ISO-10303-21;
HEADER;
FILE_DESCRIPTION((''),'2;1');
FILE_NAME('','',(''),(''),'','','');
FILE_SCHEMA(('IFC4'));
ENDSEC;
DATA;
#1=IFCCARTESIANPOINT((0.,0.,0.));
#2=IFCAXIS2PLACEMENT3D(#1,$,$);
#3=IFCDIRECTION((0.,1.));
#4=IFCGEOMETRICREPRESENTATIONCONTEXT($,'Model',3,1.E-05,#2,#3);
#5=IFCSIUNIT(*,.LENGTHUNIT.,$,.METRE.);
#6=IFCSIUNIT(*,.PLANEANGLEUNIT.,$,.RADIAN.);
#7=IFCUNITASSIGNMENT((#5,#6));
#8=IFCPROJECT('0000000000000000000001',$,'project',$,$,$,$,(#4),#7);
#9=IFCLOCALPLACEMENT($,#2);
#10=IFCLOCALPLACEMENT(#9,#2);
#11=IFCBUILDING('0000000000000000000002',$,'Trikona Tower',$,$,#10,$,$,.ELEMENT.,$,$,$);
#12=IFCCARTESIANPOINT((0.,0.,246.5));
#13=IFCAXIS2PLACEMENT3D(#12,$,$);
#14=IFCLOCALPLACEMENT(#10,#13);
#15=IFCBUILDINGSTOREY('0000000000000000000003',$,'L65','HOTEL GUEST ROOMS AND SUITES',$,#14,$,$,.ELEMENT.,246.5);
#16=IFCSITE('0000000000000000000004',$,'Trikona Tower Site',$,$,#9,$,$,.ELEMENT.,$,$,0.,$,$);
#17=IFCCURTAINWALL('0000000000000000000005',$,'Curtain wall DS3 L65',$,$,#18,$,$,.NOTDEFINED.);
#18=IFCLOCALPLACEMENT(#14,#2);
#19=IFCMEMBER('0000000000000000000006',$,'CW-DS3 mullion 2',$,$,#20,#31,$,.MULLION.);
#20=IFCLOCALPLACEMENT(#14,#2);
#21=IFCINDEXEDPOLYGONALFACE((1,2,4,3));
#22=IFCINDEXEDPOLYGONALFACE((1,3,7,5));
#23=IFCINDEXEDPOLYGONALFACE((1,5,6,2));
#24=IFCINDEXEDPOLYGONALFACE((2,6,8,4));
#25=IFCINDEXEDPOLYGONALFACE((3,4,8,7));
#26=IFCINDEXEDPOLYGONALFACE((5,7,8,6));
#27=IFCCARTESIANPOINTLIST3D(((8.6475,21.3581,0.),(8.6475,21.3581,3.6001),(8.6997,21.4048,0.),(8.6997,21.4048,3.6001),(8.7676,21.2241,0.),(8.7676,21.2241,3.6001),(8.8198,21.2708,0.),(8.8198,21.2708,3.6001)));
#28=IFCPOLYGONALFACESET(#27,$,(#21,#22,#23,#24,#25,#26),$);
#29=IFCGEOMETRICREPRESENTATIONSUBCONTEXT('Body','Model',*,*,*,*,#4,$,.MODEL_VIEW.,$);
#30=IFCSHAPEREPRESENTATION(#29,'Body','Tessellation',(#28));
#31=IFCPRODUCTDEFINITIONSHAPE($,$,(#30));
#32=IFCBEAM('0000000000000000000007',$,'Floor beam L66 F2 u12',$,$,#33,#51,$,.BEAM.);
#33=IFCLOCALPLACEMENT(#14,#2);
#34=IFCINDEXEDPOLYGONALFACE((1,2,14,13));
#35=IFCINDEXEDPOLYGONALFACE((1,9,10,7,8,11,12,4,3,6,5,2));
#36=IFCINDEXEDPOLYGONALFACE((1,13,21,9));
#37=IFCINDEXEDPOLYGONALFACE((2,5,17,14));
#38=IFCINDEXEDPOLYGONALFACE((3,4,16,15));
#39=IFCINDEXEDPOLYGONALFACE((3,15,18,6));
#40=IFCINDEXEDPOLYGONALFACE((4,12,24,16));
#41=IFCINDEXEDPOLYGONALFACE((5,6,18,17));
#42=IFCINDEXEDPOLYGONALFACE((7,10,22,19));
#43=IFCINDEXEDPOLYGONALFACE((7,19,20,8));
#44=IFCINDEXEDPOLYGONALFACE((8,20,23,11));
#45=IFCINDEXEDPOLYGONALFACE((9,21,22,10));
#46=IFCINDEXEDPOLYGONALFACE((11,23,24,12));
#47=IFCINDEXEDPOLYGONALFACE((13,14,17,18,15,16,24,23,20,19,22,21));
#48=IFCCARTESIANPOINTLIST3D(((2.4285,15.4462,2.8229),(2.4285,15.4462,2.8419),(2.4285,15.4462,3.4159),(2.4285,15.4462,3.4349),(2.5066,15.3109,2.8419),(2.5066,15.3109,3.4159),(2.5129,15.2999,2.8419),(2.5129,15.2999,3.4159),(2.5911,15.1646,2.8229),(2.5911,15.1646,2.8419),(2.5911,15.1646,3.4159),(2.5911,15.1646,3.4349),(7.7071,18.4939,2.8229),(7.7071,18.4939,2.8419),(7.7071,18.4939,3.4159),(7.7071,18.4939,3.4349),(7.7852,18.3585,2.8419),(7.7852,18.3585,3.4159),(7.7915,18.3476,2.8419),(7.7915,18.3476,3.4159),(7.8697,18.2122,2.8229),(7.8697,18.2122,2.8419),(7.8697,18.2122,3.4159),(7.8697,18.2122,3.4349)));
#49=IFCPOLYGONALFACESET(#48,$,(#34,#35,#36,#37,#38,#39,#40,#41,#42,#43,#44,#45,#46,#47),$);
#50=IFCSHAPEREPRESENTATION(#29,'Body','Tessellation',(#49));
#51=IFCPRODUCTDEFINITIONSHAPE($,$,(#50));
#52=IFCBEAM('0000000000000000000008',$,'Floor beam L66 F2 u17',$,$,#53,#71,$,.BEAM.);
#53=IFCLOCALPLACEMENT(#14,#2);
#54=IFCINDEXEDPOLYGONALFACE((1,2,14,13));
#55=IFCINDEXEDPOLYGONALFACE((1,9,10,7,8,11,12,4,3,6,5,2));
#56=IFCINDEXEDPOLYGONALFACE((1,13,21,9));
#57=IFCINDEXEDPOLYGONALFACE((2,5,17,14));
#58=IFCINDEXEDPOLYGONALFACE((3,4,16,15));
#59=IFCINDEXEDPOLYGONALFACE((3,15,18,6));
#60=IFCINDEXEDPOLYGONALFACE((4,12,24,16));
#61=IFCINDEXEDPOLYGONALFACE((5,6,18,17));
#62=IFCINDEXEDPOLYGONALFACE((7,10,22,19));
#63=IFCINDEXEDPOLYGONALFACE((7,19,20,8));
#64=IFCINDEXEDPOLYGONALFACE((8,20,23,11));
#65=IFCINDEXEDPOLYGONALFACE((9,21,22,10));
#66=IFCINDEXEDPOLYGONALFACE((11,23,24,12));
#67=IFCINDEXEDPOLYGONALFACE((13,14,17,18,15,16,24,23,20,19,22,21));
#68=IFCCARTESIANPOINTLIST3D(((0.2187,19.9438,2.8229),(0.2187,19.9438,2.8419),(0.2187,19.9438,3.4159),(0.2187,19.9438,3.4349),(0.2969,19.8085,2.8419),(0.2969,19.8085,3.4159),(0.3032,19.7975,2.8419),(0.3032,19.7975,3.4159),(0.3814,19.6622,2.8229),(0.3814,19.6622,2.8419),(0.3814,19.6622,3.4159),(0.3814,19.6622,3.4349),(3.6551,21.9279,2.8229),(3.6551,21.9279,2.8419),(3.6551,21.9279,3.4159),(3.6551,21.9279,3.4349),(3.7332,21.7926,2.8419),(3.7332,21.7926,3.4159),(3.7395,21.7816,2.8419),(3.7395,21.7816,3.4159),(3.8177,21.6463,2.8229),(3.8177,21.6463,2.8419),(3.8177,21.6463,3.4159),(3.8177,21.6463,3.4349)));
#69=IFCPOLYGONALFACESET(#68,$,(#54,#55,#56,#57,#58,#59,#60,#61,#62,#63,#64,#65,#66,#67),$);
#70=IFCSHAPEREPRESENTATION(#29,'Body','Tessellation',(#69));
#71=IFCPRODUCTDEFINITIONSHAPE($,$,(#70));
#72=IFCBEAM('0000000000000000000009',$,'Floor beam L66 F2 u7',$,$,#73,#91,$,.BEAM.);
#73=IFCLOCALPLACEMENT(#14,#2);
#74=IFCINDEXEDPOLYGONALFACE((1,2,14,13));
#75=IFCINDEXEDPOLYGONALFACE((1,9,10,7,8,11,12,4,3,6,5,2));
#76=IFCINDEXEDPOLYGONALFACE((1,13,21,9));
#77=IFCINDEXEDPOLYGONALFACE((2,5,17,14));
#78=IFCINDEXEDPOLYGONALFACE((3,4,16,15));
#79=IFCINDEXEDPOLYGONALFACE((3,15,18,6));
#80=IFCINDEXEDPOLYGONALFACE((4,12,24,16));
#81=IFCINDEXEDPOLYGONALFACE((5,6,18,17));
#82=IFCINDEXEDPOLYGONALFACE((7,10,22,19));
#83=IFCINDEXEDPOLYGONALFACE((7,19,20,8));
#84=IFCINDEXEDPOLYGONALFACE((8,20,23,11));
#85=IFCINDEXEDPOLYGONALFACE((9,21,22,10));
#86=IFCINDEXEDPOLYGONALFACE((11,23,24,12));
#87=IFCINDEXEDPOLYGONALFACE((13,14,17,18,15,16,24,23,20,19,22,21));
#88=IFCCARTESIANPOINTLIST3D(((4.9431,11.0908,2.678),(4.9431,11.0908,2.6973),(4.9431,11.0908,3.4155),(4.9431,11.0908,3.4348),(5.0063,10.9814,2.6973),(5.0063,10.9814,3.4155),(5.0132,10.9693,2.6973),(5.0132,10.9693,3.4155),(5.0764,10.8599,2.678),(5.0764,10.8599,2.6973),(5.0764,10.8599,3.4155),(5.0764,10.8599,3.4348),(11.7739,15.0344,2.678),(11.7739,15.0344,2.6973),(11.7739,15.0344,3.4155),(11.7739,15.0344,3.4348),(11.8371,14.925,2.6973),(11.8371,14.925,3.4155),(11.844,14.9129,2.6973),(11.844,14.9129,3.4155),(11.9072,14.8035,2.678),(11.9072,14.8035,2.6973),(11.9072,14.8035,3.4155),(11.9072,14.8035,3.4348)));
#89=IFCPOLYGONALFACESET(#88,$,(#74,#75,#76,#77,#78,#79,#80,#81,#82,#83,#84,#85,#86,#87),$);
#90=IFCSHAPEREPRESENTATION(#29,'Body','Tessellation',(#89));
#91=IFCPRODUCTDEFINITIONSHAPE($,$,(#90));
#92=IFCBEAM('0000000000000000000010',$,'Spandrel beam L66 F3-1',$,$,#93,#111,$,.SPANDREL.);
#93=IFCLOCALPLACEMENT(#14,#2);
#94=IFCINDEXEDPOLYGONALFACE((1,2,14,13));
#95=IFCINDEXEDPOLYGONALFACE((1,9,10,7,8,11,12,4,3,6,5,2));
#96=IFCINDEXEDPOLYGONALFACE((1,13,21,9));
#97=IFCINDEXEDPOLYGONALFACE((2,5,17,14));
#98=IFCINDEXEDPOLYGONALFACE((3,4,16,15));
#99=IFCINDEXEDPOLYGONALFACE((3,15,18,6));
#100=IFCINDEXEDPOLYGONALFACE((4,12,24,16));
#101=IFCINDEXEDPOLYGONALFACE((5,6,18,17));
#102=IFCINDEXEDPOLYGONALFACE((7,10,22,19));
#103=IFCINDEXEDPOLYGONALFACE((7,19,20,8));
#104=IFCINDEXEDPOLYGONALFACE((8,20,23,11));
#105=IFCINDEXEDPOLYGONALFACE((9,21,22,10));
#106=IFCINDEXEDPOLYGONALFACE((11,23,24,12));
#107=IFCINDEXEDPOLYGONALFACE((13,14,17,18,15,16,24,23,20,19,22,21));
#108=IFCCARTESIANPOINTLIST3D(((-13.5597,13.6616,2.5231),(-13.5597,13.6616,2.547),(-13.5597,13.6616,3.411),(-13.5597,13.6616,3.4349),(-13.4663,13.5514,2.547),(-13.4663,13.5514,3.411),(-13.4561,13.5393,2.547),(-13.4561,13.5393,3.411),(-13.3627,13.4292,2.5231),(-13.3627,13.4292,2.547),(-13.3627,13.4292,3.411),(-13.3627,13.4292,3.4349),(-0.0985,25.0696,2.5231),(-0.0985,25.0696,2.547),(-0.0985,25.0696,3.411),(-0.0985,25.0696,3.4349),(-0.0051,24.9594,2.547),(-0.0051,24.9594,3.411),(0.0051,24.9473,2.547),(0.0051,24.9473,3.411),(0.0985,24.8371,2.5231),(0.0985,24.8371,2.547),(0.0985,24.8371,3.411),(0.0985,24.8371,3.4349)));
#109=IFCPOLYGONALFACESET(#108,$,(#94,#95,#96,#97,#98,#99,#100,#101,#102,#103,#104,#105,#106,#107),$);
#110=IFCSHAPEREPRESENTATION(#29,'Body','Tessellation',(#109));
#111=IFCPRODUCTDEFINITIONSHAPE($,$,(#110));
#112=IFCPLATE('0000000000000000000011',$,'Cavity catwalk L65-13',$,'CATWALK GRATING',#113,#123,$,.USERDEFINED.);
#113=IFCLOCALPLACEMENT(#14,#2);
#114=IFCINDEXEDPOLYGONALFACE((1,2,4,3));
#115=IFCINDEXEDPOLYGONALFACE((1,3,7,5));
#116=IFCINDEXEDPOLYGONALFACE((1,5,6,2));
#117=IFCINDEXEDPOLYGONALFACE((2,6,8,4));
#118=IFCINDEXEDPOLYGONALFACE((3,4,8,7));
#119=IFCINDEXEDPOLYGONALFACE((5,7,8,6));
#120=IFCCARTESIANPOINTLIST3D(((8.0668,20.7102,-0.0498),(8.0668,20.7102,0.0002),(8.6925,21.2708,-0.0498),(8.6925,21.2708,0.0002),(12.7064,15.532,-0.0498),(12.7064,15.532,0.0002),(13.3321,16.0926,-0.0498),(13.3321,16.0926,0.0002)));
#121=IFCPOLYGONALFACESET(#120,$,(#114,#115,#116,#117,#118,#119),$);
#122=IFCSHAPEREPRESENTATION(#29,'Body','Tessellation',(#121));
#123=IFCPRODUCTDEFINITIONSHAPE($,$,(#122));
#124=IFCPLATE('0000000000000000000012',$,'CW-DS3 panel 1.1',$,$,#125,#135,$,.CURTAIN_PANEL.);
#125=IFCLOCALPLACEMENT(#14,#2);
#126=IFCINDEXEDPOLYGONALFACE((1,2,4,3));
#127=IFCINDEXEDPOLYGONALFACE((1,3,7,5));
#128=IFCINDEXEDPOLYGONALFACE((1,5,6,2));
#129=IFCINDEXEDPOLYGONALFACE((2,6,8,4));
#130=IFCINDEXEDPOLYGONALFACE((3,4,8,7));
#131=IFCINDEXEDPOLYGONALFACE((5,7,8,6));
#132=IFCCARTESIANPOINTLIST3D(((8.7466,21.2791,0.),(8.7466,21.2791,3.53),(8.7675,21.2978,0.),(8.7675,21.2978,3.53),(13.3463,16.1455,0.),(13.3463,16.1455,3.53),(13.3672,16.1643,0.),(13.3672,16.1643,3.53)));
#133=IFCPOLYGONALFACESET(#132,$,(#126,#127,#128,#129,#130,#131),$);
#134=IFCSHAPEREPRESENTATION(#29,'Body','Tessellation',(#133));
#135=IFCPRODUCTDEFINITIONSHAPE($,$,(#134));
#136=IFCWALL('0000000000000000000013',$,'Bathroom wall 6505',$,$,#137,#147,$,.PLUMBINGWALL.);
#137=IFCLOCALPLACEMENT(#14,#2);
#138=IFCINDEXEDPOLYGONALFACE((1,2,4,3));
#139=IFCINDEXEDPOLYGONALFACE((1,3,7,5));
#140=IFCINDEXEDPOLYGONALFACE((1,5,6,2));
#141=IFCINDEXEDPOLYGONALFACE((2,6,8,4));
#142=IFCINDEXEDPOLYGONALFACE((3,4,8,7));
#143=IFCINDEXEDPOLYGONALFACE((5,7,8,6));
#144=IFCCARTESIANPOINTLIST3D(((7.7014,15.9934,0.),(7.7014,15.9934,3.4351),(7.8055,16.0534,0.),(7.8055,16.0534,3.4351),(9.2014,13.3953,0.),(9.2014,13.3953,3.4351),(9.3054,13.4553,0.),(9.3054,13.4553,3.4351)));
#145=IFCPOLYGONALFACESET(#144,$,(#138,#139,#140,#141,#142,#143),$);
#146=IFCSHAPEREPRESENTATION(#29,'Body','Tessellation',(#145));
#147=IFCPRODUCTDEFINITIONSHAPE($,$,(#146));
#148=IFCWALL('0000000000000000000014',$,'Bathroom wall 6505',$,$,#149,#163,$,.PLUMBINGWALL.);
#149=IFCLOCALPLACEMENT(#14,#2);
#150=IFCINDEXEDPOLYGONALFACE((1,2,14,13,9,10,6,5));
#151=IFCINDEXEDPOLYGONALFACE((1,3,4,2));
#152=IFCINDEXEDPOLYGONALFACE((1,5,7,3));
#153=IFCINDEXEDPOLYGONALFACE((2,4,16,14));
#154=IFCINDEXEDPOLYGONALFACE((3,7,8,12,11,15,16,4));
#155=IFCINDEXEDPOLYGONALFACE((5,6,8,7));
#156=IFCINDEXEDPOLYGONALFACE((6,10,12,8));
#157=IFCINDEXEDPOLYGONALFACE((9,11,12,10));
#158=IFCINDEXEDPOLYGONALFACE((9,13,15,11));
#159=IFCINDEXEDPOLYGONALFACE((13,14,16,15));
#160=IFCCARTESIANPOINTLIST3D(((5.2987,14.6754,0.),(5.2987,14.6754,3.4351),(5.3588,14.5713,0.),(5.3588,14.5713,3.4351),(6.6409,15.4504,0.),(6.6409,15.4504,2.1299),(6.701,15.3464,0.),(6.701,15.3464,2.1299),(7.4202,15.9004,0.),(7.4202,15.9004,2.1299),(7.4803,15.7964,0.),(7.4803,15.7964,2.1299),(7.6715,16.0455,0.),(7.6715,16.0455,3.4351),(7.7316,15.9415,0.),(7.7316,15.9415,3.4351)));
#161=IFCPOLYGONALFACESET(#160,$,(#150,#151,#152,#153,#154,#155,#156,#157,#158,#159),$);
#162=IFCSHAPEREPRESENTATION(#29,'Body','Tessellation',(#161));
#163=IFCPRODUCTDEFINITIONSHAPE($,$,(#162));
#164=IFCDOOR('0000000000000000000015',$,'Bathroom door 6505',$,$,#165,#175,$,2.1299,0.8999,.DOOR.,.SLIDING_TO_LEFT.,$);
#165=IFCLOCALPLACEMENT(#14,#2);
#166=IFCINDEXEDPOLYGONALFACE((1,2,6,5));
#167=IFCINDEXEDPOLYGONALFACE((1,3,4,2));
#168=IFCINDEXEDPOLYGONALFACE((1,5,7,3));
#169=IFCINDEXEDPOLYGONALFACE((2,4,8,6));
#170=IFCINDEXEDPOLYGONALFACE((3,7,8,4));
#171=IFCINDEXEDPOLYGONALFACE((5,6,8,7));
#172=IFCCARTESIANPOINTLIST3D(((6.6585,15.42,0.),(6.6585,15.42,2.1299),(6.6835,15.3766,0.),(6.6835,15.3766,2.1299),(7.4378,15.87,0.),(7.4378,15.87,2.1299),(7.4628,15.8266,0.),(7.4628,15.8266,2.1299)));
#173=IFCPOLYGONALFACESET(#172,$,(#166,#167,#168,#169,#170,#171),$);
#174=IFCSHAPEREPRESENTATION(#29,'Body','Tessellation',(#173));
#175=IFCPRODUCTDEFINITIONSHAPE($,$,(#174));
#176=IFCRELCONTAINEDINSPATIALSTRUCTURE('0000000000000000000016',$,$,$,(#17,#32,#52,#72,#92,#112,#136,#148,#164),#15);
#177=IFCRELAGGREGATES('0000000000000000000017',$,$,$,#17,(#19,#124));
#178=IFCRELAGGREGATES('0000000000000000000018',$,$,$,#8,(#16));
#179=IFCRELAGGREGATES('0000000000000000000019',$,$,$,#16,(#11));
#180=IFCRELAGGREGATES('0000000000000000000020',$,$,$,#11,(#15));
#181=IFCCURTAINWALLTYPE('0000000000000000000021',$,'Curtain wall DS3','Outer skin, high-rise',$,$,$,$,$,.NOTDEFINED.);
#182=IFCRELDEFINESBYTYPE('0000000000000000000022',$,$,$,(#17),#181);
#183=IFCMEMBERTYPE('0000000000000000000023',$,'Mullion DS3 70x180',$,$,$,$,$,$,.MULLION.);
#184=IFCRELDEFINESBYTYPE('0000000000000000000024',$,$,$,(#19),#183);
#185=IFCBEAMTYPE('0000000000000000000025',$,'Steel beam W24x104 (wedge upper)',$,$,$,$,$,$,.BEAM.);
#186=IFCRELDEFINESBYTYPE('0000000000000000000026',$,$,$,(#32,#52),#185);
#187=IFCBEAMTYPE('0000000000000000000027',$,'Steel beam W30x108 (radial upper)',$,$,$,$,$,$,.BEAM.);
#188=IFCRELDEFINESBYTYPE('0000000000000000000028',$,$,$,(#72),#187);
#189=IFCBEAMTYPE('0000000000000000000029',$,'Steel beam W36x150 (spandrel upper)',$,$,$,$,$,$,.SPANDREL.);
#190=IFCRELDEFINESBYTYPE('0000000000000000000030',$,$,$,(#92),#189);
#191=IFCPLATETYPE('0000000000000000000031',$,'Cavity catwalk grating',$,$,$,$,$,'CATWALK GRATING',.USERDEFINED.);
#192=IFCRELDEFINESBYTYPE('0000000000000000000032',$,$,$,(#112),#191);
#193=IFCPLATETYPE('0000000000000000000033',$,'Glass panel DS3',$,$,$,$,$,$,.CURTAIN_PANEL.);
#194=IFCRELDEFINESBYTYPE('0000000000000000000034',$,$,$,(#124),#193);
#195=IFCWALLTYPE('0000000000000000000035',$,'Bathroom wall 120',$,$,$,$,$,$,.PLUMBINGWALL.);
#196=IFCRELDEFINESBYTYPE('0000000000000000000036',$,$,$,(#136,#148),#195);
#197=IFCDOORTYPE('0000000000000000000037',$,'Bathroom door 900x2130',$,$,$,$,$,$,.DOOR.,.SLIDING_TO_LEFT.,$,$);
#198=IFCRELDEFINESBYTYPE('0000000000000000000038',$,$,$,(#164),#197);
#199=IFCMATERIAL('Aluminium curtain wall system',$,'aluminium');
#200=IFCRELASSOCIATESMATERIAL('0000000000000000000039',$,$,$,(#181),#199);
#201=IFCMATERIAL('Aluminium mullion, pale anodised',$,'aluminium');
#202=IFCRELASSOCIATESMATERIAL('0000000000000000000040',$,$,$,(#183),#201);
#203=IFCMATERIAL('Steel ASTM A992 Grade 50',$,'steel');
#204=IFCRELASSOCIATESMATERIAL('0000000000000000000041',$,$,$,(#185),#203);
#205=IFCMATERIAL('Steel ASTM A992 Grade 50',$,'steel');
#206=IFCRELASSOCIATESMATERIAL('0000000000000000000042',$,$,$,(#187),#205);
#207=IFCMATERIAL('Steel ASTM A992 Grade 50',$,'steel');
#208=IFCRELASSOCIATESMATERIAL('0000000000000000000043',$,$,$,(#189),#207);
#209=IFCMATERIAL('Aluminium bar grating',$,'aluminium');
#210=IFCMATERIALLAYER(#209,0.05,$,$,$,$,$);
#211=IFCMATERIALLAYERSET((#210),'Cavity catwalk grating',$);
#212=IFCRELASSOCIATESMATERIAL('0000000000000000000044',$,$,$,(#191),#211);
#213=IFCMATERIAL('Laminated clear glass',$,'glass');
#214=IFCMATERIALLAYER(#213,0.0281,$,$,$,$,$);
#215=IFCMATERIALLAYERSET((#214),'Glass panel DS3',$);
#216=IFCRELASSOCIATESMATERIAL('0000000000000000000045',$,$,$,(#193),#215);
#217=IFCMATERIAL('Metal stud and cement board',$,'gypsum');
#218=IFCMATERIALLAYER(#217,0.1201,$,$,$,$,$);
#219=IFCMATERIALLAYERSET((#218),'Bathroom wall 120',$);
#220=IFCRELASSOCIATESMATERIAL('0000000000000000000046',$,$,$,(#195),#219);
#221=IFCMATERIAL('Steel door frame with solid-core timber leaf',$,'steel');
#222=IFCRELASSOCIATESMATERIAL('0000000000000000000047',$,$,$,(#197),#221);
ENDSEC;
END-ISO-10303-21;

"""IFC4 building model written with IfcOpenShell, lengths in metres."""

from ifc_helpers import new_model, si_unit, direction, frame, frame_2d, origin, origin_2d, place, context, subcontext, project, spatial, rectangle, i_section, extrude, material, layer, layer_set, material_profile, profile_set, type_object, element, fill, aggregate, save


model = new_model("IFC4")

# Units and contexts
model_context = context("Model", 3, precision=1e-05, world=origin(), true_north=direction((0.0, 1.0)))
body_context = subcontext(model_context, "Body", "Model", "MODEL_VIEW")
ifc_project = project(units=[si_unit("LENGTHUNIT", "METRE"), si_unit("PLANEANGLEUNIT", "RADIAN")], contexts=[model_context])

# Site, building, storey
site_placement = place(None, origin())
site = spatial("IfcSite", under=ifc_project, at=site_placement, Name="Trikona Tower Site", CompositionType="ELEMENT", RefElevation=0.0)
building_placement = place(site_placement, origin())
building = spatial("IfcBuilding", under=site, at=building_placement, Name="Trikona Tower", CompositionType="ELEMENT")
storey_placement = place(building_placement, frame((0.0, 0.0, 246.5)))
storey = spatial("IfcBuildingStorey", under=building, at=storey_placement, Name="L65", Description="HOTEL GUEST ROOMS AND SUITES", CompositionType="ELEMENT", Elevation=246.5)

# Curtain wall, member
ifc_material_1 = material(Name="Aluminium curtain wall system", Category="aluminium")
curtain_wall_type = type_object("IfcCurtainWallType", Name="Curtain wall DS3", Description="Outer skin, high-rise", PredefinedType="NOTDEFINED", material=ifc_material_1)
curtain_wall_placement = place(storey_placement, origin())
curtain_wall = element("IfcCurtainWall", 1, at=curtain_wall_placement, inside=storey, type_object=curtain_wall_type, Name="Curtain wall DS3 L65", PredefinedType="NOTDEFINED")
ifc_material_2 = material(Name="Aluminium mullion, pale anodised", Category="aluminium")
ifc_material_profile_1 = material_profile(ifc_material_2, rectangle(XDim=0.0701, YDim=0.1799, at=origin_2d()), Name="MUL-DS3")
ifc_profile_set_1 = profile_set([ifc_material_profile_1], Name="Aluminium mullion, pale anodised")
member_type = type_object("IfcMemberType", Name="Mullion DS3 70x180", PredefinedType="MULLION", material=ifc_profile_set_1)
member_placement = place(storey_placement, frame((8.7336, 21.3145, 0.0), z_axis=(0.0, 0.0, 1.0), x_axis=(-0.744771, -0.66732, 0.0)))
member = element("IfcMember", 2, at=member_placement, type_object=member_type, Name="CW-DS3 mullion 2", PredefinedType="MULLION", context=body_context, shape_type="SweptSolid", body=[
    extrude(rectangle(XDim=0.0701, YDim=0.1799, at=origin_2d()), origin(), (0.0, 0.0, 1.0), 3.6001),
])

# Beams
ifc_material_3 = material(Name="Steel ASTM A992 Grade 50", Category="steel")
ifc_material_profile_2 = material_profile(ifc_material_3, i_section(OverallWidth=0.3252, OverallDepth=0.6121, WebThickness=0.0127, FlangeThickness=0.019, at=origin_2d()), Name="W24X104")
ifc_profile_set_2 = profile_set([ifc_material_profile_2], Name="Steel ASTM A992 Grade 50")
beam_type_1 = type_object("IfcBeamType", Name="Steel beam W24x104 (wedge upper)", PredefinedType="BEAM", material=ifc_profile_set_2)
beam_1_placement = place(storey_placement, frame((2.5098, 15.3054, 3.1289), z_axis=(0.866023, 0.500003, 0.0), x_axis=(-0.500003, 0.866023, 0.0)))
element("IfcBeam", 3, at=beam_1_placement, inside=storey, type_object=beam_type_1, Name="Floor beam L66 F2 u12", PredefinedType="BEAM", context=body_context, shape_type="SweptSolid", body=[
    extrude(i_section(OverallWidth=0.3252, OverallDepth=0.6121, WebThickness=0.0127, FlangeThickness=0.019, at=origin_2d()), origin(), (0.0, 0.0, 1.0), 6.0952),
])
beam_2_placement = place(storey_placement, frame((0.3, 19.803, 3.1289), z_axis=(0.866004, 0.500037, 0.0), x_axis=(-0.500037, 0.866004, 0.0)))
element("IfcBeam", 4, at=beam_2_placement, inside=storey, type_object=beam_type_1, Name="Floor beam L66 F2 u17", PredefinedType="BEAM", context=body_context, shape_type="SweptSolid", body=[
    extrude(i_section(OverallWidth=0.3252, OverallDepth=0.6121, WebThickness=0.0127, FlangeThickness=0.019, at=origin_2d()), origin(), (0.0, 0.0, 1.0), 3.968),
])
ifc_material_4 = material(Name="Steel ASTM A992 Grade 50", Category="steel")
ifc_material_profile_3 = material_profile(ifc_material_4, i_section(OverallWidth=0.2666, OverallDepth=0.7568, WebThickness=0.0139, FlangeThickness=0.0193, at=origin_2d()), Name="W30X108")
ifc_profile_set_3 = profile_set([ifc_material_profile_3], Name="Steel ASTM A992 Grade 50")
beam_type_2 = type_object("IfcBeamType", Name="Steel beam W30x108 (radial upper)", PredefinedType="BEAM", material=ifc_profile_set_3)
beam_3_placement = place(storey_placement, frame((5.0098, 10.9753, 3.0564), z_axis=(0.866035, 0.499984, 0.0), x_axis=(-0.499984, 0.866035, 0.0)))
element("IfcBeam", 5, at=beam_3_placement, inside=storey, type_object=beam_type_2, Name="Floor beam L66 F2 u7", PredefinedType="BEAM", context=body_context, shape_type="SweptSolid", body=[
    extrude(i_section(OverallWidth=0.2666, OverallDepth=0.7568, WebThickness=0.0139, FlangeThickness=0.0193, at=origin_2d()), origin(), (0.0, 0.0, 1.0), 7.8875),
])
ifc_material_5 = material(Name="Steel ASTM A992 Grade 50", Category="steel")
ifc_material_profile_4 = material_profile(ifc_material_5, i_section(OverallWidth=0.3047, OverallDepth=0.9119, WebThickness=0.0159, FlangeThickness=0.0239, at=origin_2d()), Name="W36X150")
ifc_profile_set_4 = profile_set([ifc_material_profile_4], Name="Steel ASTM A992 Grade 50")
beam_type_3 = type_object("IfcBeamType", Name="Steel beam W36x150 (spandrel upper)", PredefinedType="SPANDREL", material=ifc_profile_set_4)
beam_4_placement = place(storey_placement, frame((0.0, 24.9534, 2.979), z_axis=(-0.762891, -0.646528, 0.0), x_axis=(0.646528, -0.762891, 0.0)))
element("IfcBeam", 6, at=beam_4_placement, inside=storey, type_object=beam_type_3, Name="Spandrel beam L66 F3-1", PredefinedType="SPANDREL", context=body_context, shape_type="SweptSolid", body=[
    extrude(i_section(OverallWidth=0.3047, OverallDepth=0.9119, WebThickness=0.0159, FlangeThickness=0.0239, at=origin_2d()), origin(), (0.0, 0.0, 1.0), 17.645),
])

# Plates
ifc_material_6 = material(Name="Aluminium bar grating", Category="aluminium")
ifc_layer_1 = layer(ifc_material_6, 0.05)
ifc_layer_set_1 = layer_set([ifc_layer_1], Name="Cavity catwalk grating")
plate_type_1 = type_object("IfcPlateType", Name="Cavity catwalk grating", ElementType="CATWALK GRATING", PredefinedType="USERDEFINED", material=ifc_layer_set_1)
plate_1_placement = place(storey_placement, frame((10.6995, 18.4014, -0.0498), z_axis=(0.0, 0.0, 1.0), x_axis=(-0.667311, 0.744779, 0.0)))
element("IfcPlate", 7, at=plate_1_placement, inside=storey, type_object=plate_type_1, Name="Cavity catwalk L65-13", ObjectType="CATWALK GRATING", PredefinedType="USERDEFINED", context=body_context, shape_type="SweptSolid", body=[
    extrude(rectangle(XDim=6.9526, YDim=0.8401, at=origin_2d()), origin(), (0.0, 0.0, 1.0), 0.05),
])
ifc_material_7 = material(Name="Laminated clear glass", Category="glass")
ifc_layer_2 = layer(ifc_material_7, 0.0281)
ifc_layer_set_2 = layer_set([ifc_layer_2], Name="Glass panel DS3")
plate_type_2 = type_object("IfcPlateType", Name="Glass panel DS3", PredefinedType="CURTAIN_PANEL", material=ifc_layer_set_2)
plate_2_placement = place(storey_placement, frame((11.0569, 18.7217, 0.0), z_axis=(0.0, 0.0, 1.0), x_axis=(-0.66732, 0.744771, 0.0)))
plate_2 = element("IfcPlate", 8, at=plate_2_placement, type_object=plate_type_2, Name="CW-DS3 panel 1.1", PredefinedType="CURTAIN_PANEL", context=body_context, shape_type="SweptSolid", body=[
    extrude(rectangle(XDim=6.8928, YDim=0.0281, at=origin_2d()), origin(), (0.0, 0.0, 1.0), 3.53),
])
aggregate(curtain_wall, [member, plate_2])

# Wall
ifc_material_8 = material(Name="Metal stud and cement board", Category="gypsum")
ifc_layer_3 = layer(ifc_material_8, 0.1201)
ifc_layer_set_3 = layer_set([ifc_layer_3], Name="Bathroom wall 120")
wall_type_1 = type_object("IfcWallType", Name="Bathroom wall 120", PredefinedType="PLUMBINGWALL", material=ifc_layer_set_3)
wall_1_placement = place(storey_placement, frame((9.2534, 13.4253, 0.0), z_axis=(0.0, 0.0, 1.0), x_axis=(-0.49999, 0.866031, 0.0)))
element("IfcWall", 9, at=wall_1_placement, inside=storey, type_object=wall_type_1, Name="Bathroom wall 6505", PredefinedType="PLUMBINGWALL", context=body_context, shape_type="SweptSolid", body=[
    extrude(rectangle(XDim=3.0, YDim=0.1201, at=frame_2d((1.5, 0.0))), origin(), (0.0, 0.0, 1.0), 3.4351),
])

# Wall, opening, door
wall_2_placement = place(storey_placement, frame((5.3286, 14.6233, 0.0), z_axis=(0.0, 0.0, 1.0), x_axis=(0.865997, 0.500049, 0.0)))
wall_2 = element("IfcWall", 10, at=wall_2_placement, inside=storey, type_object=wall_type_1, Name="Bathroom wall 6505", PredefinedType="PLUMBINGWALL", context=body_context, shape_type="SweptSolid", body=[
    extrude(rectangle(XDim=2.74, YDim=0.1201, at=frame_2d((1.3701, 0.0))), origin(), (0.0, 0.0, 1.0), 3.4351),
])
opening_1_placement = place(wall_2_placement, frame((1.55, 0.0, 0.0)))
opening_1 = element("IfcOpeningElement", 11, at=opening_1_placement, cuts=wall_2, PredefinedType="OPENING", context=body_context, shape_type="SweptSolid", body=[
    extrude(rectangle(XDim=0.8999, YDim=2.1299, at=frame_2d((0.45, 1.0649))), frame((0.0, 0.0701, 0.0), z_axis=(0.0, -1.0, 0.0), x_axis=(1.0, 0.0, 0.0)), (0.0, 0.0, 1.0), 0.1401),
])
ifc_material_9 = material(Name="Steel door frame with solid-core timber leaf", Category="steel")
door_type_1 = type_object("IfcDoorType", Name="Bathroom door 900x2130", OperationType="SLIDING_TO_LEFT", PredefinedType="DOOR", material=ifc_material_9)
door_1_placement = place(opening_1_placement, origin())
door_1 = element("IfcDoor", 12, at=door_1_placement, inside=storey, type_object=door_type_1, Name="Bathroom door 6505", OperationType="SLIDING_TO_LEFT", OverallHeight=2.1299, OverallWidth=0.8999, PredefinedType="DOOR", context=body_context, shape_type="SweptSolid", body=[
    extrude(rectangle(XDim=0.8999, YDim=2.1299, at=frame_2d((0.45, 1.0649))), frame((0.0, 0.0249, 0.0), z_axis=(0.0, -1.0, 0.0), x_axis=(1.0, 0.0, 0.0)), (0.0, 0.0, 1.0), 0.05),
])
fill(opening_1, door_1)

save(model, "model.ifc")
